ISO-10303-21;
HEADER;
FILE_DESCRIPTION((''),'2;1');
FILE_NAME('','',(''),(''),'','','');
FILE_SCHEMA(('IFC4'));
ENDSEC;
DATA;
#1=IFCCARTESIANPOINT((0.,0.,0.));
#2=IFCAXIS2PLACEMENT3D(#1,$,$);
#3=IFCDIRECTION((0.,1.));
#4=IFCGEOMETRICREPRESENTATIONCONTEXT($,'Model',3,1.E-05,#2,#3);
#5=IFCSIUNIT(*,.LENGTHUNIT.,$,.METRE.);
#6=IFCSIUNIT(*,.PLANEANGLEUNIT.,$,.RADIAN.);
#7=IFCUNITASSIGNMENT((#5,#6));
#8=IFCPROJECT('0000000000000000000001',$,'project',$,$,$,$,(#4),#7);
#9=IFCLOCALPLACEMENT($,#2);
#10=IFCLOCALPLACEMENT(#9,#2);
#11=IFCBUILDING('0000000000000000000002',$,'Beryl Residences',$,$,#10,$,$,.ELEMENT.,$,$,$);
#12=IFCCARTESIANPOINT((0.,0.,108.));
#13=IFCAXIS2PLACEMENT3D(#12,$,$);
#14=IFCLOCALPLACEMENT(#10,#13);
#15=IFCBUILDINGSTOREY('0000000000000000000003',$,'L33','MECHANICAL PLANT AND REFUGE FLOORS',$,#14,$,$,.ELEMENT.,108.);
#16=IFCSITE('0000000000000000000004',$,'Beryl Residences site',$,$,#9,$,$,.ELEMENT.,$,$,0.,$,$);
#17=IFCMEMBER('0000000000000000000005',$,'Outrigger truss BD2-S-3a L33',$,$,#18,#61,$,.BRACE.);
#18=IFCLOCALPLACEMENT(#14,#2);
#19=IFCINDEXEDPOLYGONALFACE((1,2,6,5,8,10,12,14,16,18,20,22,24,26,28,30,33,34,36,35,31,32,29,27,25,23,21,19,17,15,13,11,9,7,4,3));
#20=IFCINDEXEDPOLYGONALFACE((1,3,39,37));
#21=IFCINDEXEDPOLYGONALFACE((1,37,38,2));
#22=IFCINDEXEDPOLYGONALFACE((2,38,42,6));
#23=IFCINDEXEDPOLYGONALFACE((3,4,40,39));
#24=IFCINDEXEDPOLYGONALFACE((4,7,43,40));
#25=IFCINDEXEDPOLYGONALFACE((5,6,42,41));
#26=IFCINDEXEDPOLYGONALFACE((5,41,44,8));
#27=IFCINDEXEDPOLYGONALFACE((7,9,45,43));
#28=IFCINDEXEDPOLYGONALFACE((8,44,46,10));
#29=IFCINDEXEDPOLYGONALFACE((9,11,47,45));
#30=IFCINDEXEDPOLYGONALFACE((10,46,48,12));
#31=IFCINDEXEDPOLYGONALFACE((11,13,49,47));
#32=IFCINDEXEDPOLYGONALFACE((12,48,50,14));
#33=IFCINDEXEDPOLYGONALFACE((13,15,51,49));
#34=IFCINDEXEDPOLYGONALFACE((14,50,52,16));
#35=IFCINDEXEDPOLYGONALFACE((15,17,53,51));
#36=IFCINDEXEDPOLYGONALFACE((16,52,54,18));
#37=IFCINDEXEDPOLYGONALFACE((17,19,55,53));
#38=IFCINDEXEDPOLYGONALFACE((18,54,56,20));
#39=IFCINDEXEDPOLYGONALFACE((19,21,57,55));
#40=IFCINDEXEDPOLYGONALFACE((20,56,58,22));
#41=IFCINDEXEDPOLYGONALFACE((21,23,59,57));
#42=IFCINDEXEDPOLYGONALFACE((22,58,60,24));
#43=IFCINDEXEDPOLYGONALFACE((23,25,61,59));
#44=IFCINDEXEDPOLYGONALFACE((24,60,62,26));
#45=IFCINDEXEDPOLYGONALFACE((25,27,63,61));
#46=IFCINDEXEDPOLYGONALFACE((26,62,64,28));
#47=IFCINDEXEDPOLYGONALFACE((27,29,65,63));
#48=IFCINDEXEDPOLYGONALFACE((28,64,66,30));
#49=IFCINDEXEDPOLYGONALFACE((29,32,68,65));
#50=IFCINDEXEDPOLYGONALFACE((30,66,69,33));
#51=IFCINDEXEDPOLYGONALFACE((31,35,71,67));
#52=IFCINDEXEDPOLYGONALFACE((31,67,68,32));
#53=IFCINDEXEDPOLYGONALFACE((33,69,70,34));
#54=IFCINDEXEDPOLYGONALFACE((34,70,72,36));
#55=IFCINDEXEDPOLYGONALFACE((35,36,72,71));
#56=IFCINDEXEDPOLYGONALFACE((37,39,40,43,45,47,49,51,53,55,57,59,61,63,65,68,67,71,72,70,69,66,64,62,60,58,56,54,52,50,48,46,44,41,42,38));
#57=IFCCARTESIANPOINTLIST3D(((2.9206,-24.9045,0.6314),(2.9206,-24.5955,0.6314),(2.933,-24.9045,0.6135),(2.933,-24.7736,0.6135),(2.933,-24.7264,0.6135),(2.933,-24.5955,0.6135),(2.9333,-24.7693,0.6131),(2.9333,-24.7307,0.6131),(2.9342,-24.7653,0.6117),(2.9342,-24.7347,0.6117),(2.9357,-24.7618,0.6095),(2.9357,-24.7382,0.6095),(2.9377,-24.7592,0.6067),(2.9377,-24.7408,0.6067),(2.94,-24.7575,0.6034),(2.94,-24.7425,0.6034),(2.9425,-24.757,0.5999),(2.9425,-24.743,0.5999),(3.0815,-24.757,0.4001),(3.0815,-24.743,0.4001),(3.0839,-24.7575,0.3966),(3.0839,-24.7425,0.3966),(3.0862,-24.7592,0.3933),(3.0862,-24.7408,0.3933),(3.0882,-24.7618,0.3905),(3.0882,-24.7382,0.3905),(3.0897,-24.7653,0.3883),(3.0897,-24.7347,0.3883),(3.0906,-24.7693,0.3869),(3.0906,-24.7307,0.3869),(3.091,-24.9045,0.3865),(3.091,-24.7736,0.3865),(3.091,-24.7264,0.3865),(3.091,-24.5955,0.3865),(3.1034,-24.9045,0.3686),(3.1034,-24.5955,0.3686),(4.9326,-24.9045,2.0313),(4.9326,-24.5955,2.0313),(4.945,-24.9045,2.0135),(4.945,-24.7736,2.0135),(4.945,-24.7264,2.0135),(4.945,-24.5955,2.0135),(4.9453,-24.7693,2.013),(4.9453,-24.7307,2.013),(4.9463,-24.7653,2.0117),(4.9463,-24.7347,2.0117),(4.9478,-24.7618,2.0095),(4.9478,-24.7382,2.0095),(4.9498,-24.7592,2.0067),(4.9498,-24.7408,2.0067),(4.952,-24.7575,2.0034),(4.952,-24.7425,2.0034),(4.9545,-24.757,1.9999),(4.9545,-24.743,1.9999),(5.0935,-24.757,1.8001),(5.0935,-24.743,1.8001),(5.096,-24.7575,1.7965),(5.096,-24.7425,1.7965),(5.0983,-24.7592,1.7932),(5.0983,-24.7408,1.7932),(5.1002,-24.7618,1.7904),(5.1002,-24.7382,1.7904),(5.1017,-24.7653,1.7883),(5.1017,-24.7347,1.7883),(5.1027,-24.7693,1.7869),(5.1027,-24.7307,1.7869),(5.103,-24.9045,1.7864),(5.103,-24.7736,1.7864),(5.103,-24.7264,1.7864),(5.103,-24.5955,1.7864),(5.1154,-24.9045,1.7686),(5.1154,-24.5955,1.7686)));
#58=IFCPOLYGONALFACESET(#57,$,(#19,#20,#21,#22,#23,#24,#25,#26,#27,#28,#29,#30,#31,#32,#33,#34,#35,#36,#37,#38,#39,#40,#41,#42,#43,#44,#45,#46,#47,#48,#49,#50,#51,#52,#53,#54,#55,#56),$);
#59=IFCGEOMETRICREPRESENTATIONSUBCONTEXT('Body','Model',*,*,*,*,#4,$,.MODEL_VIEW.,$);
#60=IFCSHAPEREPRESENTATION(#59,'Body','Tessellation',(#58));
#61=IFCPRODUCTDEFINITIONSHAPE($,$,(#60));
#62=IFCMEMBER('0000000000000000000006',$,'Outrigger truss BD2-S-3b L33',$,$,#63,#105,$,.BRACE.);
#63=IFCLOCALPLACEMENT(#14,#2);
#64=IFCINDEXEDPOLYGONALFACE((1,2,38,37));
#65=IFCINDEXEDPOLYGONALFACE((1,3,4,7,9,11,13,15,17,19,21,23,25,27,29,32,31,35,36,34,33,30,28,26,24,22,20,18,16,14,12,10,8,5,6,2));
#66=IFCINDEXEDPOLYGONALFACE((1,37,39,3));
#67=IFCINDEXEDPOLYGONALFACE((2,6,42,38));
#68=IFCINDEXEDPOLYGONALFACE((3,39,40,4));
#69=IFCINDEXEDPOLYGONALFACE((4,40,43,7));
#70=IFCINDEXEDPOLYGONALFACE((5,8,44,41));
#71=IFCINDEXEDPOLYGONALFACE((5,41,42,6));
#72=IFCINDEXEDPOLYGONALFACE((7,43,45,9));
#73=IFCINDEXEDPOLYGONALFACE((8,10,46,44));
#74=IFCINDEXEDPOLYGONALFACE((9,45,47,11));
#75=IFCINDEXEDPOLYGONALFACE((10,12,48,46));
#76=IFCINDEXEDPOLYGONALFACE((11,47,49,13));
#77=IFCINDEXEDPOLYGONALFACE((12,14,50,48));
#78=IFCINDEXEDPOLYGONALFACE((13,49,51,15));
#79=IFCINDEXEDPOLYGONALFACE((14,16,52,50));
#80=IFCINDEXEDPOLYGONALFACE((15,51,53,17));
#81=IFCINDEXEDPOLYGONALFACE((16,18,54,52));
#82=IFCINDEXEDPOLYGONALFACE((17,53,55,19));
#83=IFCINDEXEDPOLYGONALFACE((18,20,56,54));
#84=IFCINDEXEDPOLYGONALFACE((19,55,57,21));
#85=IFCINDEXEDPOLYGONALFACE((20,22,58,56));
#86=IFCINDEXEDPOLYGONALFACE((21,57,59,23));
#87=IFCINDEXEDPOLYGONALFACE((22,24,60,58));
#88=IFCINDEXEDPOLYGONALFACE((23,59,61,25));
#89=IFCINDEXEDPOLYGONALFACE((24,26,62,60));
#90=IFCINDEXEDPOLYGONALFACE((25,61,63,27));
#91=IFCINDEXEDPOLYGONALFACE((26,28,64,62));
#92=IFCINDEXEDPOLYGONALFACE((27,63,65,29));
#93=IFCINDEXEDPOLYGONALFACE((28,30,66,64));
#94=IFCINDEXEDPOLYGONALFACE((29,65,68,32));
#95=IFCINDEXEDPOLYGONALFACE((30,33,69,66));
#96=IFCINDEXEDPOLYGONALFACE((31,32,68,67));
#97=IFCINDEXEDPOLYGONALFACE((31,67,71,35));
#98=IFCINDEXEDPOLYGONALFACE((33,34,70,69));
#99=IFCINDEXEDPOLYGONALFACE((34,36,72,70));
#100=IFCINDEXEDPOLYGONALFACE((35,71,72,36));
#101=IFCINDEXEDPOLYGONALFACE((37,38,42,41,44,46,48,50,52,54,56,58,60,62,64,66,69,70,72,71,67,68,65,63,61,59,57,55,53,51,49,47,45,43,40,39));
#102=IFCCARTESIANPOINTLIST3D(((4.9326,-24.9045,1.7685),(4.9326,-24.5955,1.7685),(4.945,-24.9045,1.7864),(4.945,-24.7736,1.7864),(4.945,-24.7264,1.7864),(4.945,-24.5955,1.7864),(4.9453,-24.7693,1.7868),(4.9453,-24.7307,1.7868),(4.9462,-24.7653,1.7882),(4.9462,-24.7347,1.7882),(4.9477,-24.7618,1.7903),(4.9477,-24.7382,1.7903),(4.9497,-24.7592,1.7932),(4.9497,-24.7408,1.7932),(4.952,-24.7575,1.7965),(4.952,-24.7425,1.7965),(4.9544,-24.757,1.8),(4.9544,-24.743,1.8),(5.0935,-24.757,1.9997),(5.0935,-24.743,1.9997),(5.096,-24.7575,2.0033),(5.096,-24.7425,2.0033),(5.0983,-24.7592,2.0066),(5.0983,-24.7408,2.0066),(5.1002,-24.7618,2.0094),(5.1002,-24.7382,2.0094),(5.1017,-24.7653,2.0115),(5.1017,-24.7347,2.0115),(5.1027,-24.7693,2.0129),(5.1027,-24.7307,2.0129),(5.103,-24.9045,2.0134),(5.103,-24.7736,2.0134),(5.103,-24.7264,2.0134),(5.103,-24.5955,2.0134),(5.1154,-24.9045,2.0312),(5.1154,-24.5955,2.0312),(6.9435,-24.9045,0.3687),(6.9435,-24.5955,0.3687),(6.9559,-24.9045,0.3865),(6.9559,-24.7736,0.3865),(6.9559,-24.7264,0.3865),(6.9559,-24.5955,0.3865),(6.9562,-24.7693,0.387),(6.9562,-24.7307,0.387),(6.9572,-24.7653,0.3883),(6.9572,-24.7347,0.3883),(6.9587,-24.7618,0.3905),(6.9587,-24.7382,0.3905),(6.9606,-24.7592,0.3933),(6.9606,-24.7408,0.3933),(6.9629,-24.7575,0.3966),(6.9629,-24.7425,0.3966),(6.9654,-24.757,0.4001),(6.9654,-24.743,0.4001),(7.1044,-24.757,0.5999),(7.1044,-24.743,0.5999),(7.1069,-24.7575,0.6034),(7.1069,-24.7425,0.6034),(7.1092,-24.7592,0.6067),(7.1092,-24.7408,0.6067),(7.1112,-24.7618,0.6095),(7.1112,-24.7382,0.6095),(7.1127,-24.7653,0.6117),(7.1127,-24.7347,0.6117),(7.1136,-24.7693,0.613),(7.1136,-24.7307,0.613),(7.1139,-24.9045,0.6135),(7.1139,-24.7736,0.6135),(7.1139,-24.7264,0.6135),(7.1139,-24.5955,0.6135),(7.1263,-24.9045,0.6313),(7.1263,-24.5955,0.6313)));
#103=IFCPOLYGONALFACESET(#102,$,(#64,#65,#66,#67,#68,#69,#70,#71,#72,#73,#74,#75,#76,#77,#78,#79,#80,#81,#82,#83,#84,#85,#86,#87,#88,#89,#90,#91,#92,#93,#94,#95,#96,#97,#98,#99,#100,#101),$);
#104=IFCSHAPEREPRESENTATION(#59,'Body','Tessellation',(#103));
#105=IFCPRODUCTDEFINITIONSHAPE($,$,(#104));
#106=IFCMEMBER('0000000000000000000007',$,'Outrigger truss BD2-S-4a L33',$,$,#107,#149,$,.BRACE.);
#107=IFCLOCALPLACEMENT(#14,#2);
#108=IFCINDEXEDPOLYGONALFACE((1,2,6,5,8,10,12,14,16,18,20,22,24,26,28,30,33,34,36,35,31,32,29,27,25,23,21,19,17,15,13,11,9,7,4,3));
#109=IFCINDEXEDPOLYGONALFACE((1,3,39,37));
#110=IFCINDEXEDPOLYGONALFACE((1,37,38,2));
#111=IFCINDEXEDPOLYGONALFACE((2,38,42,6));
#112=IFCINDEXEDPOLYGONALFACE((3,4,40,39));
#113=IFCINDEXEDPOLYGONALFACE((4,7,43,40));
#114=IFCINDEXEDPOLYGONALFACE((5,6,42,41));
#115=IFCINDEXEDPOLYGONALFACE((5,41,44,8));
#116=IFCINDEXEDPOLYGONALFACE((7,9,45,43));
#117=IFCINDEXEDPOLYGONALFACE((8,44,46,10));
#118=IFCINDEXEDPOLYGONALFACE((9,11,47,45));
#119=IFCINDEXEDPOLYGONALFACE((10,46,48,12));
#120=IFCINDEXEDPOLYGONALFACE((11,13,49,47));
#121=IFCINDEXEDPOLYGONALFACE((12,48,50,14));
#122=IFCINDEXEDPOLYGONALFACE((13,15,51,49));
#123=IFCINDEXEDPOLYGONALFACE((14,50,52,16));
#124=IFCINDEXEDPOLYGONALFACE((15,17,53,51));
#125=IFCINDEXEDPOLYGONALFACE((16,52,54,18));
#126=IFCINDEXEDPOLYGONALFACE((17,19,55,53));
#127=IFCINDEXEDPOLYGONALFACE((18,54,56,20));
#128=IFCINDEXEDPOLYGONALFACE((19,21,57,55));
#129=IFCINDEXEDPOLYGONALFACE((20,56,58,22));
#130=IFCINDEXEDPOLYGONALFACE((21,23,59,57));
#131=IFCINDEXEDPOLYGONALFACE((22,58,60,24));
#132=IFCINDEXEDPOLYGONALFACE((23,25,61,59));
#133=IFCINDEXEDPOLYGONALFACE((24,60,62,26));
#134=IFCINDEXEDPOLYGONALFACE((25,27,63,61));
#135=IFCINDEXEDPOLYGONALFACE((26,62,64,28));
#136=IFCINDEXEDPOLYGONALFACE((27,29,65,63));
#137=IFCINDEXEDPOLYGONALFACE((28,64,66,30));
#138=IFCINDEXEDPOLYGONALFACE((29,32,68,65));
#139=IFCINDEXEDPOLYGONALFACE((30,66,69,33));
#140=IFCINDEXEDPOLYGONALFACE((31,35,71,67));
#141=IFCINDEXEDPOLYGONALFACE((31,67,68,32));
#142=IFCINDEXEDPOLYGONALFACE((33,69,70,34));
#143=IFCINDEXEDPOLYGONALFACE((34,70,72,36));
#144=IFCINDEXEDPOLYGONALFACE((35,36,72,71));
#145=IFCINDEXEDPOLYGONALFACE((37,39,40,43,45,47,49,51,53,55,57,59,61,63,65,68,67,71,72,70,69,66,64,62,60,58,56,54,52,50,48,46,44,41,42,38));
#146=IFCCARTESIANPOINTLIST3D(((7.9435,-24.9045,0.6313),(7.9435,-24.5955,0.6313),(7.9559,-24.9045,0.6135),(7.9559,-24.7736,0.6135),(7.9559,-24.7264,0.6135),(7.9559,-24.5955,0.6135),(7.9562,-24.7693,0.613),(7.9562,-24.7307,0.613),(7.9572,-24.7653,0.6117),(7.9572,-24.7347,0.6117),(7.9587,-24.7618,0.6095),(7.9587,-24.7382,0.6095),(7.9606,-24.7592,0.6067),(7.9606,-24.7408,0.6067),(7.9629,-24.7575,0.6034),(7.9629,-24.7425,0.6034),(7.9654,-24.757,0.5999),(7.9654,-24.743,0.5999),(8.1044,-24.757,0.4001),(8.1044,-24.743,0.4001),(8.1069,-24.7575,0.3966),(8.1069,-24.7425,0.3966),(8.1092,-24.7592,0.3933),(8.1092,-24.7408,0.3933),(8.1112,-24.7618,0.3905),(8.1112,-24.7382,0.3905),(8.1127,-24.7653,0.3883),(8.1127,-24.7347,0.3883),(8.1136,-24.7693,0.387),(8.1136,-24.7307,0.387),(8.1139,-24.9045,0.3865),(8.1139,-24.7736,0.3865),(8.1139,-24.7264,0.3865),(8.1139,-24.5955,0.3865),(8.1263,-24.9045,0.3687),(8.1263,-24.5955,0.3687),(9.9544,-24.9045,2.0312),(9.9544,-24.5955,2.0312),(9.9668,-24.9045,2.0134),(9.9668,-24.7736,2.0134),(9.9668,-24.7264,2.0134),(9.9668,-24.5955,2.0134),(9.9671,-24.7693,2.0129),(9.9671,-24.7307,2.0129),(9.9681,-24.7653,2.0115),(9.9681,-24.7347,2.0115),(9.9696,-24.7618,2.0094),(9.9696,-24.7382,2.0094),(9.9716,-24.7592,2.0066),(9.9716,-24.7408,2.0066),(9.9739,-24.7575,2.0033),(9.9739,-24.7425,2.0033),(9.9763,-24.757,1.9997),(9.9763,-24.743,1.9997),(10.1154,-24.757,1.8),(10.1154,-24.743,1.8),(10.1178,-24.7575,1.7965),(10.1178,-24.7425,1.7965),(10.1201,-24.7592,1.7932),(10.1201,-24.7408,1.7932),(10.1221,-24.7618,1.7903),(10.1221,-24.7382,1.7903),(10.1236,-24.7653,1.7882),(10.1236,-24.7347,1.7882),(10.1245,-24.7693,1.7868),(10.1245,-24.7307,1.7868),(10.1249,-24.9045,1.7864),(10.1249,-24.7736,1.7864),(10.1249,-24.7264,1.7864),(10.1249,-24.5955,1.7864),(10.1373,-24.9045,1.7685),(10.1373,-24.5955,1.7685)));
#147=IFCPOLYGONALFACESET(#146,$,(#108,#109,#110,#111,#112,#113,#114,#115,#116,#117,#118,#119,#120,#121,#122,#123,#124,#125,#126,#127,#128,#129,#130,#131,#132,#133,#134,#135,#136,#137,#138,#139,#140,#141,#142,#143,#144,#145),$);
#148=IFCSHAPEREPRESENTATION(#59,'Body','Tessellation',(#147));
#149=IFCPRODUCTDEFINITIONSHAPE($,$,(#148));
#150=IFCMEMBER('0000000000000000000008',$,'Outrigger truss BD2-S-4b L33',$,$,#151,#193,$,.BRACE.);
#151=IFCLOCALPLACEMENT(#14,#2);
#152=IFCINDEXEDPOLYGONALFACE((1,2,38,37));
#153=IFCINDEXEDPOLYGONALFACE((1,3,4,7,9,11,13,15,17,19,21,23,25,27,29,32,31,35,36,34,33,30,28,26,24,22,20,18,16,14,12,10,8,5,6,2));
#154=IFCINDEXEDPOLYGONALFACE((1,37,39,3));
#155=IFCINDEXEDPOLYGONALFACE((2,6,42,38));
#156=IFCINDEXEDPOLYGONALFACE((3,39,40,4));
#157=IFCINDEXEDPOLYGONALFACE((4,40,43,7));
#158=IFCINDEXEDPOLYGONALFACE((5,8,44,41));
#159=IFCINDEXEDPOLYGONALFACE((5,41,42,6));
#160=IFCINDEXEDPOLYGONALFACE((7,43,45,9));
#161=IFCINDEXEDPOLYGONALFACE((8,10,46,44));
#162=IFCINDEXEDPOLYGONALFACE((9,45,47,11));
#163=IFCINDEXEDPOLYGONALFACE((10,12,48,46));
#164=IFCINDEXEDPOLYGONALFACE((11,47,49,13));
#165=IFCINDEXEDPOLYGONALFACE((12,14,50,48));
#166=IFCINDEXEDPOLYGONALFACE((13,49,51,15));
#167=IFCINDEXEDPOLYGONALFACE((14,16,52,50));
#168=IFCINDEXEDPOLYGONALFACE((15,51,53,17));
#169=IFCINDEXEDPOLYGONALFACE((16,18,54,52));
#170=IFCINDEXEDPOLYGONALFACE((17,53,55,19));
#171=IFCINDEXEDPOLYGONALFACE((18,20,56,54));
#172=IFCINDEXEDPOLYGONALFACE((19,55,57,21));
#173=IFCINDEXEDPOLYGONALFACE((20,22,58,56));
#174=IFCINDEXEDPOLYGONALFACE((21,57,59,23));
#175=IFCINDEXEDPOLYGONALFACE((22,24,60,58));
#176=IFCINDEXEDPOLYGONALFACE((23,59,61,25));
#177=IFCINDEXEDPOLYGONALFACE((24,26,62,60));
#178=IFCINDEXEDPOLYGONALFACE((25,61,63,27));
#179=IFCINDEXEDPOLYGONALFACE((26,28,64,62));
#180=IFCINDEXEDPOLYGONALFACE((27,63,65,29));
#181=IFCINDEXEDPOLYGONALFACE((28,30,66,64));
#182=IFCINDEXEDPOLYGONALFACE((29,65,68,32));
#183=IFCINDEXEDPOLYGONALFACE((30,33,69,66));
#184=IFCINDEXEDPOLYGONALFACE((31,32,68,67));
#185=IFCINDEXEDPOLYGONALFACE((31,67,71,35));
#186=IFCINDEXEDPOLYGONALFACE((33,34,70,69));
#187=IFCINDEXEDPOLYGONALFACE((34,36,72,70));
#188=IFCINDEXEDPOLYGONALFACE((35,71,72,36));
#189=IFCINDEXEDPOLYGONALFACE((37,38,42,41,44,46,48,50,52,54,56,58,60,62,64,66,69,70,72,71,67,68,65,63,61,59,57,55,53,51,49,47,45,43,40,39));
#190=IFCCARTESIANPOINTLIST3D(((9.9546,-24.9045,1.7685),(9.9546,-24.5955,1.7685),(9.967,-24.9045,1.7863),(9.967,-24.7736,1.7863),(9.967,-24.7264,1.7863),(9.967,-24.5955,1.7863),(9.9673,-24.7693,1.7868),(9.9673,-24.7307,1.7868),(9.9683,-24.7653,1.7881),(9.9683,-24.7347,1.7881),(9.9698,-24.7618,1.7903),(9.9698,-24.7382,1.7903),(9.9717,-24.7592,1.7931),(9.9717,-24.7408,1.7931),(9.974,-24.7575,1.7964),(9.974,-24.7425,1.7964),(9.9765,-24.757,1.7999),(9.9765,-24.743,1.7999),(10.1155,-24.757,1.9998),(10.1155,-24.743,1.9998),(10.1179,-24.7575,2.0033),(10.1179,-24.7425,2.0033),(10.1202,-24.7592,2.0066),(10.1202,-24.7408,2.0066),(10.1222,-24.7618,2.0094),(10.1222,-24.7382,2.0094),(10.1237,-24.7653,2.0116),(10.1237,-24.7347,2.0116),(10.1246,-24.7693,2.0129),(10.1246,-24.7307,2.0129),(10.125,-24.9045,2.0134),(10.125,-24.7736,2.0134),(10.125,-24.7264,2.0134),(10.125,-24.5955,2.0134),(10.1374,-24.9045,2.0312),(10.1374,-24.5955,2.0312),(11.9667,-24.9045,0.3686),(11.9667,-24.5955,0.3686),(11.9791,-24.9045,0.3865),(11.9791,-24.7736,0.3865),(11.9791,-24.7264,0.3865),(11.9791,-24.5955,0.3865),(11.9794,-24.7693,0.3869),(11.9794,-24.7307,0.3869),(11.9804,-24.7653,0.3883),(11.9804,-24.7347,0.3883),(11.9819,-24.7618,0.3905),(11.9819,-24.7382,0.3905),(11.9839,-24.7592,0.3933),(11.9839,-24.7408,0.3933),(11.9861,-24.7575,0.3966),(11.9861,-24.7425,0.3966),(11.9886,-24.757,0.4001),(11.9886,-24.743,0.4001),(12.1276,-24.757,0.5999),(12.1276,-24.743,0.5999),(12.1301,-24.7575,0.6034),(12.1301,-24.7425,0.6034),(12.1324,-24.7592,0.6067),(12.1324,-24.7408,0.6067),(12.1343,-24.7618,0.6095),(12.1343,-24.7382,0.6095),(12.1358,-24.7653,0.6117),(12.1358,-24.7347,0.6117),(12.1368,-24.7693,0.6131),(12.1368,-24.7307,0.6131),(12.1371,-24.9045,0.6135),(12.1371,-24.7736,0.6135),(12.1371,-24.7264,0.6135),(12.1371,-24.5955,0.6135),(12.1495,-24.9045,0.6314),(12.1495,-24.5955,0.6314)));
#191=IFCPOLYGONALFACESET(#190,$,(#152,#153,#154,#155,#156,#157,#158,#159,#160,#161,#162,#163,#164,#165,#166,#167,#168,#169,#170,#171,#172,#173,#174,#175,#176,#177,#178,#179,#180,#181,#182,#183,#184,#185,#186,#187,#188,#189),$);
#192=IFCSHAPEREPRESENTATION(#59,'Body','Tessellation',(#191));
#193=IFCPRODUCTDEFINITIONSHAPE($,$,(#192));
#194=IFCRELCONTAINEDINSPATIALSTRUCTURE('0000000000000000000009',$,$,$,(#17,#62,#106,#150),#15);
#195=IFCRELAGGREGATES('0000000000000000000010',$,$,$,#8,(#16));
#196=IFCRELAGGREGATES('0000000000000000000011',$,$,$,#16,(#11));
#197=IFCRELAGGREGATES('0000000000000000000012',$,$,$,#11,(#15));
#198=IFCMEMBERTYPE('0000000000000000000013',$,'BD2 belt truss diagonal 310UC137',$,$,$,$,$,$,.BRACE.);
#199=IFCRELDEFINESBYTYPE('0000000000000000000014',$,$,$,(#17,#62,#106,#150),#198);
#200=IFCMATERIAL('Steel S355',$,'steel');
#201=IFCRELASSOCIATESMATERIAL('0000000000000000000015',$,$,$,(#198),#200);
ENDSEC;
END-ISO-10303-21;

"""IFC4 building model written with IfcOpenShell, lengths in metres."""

from ifc_helpers import new_model, si_unit, direction, frame, origin, origin_2d, place, context, subcontext, project, spatial, i_section, extrude, material, material_profile, profile_set, type_object, element, save


model = new_model("IFC4")

# Units and contexts
model_context = context("Model", 3, precision=1e-05, world=origin(), true_north=direction((0.0, 1.0)))
body_context = subcontext(model_context, "Body", "Model", "MODEL_VIEW")
ifc_project = project(units=[si_unit("LENGTHUNIT", "METRE"), si_unit("PLANEANGLEUNIT", "RADIAN")], contexts=[model_context])

# Site, building, storey
site_placement = place(None, origin())
site = spatial("IfcSite", under=ifc_project, at=site_placement, Name="Beryl Residences site", CompositionType="ELEMENT", RefElevation=0.0)
building_placement = place(site_placement, origin())
building = spatial("IfcBuilding", under=site, at=building_placement, Name="Beryl Residences", CompositionType="ELEMENT")
storey_placement = place(building_placement, frame((0.0, 0.0, 108.0)))
storey = spatial("IfcBuildingStorey", under=building, at=storey_placement, Name="L33", Description="MECHANICAL PLANT AND REFUGE FLOORS", CompositionType="ELEMENT", Elevation=108.0)

# Members
ifc_material_1 = material(Name="Steel S355", Category="steel")
ifc_material_profile_1 = material_profile(ifc_material_1, i_section(OverallWidth=0.3091, OverallDepth=0.3201, WebThickness=0.0139, FlangeThickness=0.0217, FilletRadius=0.0166, at=origin_2d()))
ifc_profile_set_1 = profile_set([ifc_material_profile_1], Name="Steel S355")
member_type_1 = type_object("IfcMemberType", Name="BD2 belt truss diagonal 310UC137", PredefinedType="BRACE", material=ifc_profile_set_1)
for number, where, z_axis, x_axis, name in (
    (1, (3.012, -24.75, 0.5), (0.820852, 0.0, 0.57114), (0.0, 1.0, 0.0), "Outrigger truss BD2-S-3a L33"),
):
    element("IfcMember", number, at=place(storey_placement, frame(where, z_axis=z_axis, x_axis=x_axis)), inside=storey, type_object=member_type_1, Name=name, PredefinedType="BRACE", context=body_context, shape_type="SweptSolid", body=[
        extrude(i_section(OverallWidth=0.3091, OverallDepth=0.3201, WebThickness=0.0139, FlangeThickness=0.0217, FilletRadius=0.0166, at=origin_2d()), origin(), (0.0, 0.0, 1.0), 2.4512),
    ])
for number, where, z_axis, x_axis, name in (
    (2, (7.0349, -24.75, 0.5), (-0.820722, 0.0, 0.571327), (0.0, -1.0, 0.0), "Outrigger truss BD2-S-3b L33"),
    (3, (8.0349, -24.75, 0.5), (0.820722, 0.0, 0.571327), (0.0, 1.0, 0.0), "Outrigger truss BD2-S-4a L33"),
):
    element("IfcMember", number, at=place(storey_placement, frame(where, z_axis=z_axis, x_axis=x_axis)), inside=storey, type_object=member_type_1, Name=name, PredefinedType="BRACE", context=body_context, shape_type="SweptSolid", body=[
        extrude(i_section(OverallWidth=0.3091, OverallDepth=0.3201, WebThickness=0.0139, FlangeThickness=0.0217, FilletRadius=0.0166, at=origin_2d()), origin(), (0.0, 0.0, 1.0), 2.4502),
    ])
member_1_placement = place(storey_placement, frame((12.0581, -24.75, 0.5), z_axis=(-0.820885, 0.0, 0.571094), x_axis=(0.0, -1.0, 0.0)))
element("IfcMember", 4, at=member_1_placement, inside=storey, type_object=member_type_1, Name="Outrigger truss BD2-S-4b L33", PredefinedType="BRACE", context=body_context, shape_type="SweptSolid", body=[
    extrude(i_section(OverallWidth=0.3091, OverallDepth=0.3201, WebThickness=0.0139, FlangeThickness=0.0217, FilletRadius=0.0166, at=origin_2d()), origin(), (0.0, 0.0, 1.0), 2.4512),
])

save(model, "model.ifc")
